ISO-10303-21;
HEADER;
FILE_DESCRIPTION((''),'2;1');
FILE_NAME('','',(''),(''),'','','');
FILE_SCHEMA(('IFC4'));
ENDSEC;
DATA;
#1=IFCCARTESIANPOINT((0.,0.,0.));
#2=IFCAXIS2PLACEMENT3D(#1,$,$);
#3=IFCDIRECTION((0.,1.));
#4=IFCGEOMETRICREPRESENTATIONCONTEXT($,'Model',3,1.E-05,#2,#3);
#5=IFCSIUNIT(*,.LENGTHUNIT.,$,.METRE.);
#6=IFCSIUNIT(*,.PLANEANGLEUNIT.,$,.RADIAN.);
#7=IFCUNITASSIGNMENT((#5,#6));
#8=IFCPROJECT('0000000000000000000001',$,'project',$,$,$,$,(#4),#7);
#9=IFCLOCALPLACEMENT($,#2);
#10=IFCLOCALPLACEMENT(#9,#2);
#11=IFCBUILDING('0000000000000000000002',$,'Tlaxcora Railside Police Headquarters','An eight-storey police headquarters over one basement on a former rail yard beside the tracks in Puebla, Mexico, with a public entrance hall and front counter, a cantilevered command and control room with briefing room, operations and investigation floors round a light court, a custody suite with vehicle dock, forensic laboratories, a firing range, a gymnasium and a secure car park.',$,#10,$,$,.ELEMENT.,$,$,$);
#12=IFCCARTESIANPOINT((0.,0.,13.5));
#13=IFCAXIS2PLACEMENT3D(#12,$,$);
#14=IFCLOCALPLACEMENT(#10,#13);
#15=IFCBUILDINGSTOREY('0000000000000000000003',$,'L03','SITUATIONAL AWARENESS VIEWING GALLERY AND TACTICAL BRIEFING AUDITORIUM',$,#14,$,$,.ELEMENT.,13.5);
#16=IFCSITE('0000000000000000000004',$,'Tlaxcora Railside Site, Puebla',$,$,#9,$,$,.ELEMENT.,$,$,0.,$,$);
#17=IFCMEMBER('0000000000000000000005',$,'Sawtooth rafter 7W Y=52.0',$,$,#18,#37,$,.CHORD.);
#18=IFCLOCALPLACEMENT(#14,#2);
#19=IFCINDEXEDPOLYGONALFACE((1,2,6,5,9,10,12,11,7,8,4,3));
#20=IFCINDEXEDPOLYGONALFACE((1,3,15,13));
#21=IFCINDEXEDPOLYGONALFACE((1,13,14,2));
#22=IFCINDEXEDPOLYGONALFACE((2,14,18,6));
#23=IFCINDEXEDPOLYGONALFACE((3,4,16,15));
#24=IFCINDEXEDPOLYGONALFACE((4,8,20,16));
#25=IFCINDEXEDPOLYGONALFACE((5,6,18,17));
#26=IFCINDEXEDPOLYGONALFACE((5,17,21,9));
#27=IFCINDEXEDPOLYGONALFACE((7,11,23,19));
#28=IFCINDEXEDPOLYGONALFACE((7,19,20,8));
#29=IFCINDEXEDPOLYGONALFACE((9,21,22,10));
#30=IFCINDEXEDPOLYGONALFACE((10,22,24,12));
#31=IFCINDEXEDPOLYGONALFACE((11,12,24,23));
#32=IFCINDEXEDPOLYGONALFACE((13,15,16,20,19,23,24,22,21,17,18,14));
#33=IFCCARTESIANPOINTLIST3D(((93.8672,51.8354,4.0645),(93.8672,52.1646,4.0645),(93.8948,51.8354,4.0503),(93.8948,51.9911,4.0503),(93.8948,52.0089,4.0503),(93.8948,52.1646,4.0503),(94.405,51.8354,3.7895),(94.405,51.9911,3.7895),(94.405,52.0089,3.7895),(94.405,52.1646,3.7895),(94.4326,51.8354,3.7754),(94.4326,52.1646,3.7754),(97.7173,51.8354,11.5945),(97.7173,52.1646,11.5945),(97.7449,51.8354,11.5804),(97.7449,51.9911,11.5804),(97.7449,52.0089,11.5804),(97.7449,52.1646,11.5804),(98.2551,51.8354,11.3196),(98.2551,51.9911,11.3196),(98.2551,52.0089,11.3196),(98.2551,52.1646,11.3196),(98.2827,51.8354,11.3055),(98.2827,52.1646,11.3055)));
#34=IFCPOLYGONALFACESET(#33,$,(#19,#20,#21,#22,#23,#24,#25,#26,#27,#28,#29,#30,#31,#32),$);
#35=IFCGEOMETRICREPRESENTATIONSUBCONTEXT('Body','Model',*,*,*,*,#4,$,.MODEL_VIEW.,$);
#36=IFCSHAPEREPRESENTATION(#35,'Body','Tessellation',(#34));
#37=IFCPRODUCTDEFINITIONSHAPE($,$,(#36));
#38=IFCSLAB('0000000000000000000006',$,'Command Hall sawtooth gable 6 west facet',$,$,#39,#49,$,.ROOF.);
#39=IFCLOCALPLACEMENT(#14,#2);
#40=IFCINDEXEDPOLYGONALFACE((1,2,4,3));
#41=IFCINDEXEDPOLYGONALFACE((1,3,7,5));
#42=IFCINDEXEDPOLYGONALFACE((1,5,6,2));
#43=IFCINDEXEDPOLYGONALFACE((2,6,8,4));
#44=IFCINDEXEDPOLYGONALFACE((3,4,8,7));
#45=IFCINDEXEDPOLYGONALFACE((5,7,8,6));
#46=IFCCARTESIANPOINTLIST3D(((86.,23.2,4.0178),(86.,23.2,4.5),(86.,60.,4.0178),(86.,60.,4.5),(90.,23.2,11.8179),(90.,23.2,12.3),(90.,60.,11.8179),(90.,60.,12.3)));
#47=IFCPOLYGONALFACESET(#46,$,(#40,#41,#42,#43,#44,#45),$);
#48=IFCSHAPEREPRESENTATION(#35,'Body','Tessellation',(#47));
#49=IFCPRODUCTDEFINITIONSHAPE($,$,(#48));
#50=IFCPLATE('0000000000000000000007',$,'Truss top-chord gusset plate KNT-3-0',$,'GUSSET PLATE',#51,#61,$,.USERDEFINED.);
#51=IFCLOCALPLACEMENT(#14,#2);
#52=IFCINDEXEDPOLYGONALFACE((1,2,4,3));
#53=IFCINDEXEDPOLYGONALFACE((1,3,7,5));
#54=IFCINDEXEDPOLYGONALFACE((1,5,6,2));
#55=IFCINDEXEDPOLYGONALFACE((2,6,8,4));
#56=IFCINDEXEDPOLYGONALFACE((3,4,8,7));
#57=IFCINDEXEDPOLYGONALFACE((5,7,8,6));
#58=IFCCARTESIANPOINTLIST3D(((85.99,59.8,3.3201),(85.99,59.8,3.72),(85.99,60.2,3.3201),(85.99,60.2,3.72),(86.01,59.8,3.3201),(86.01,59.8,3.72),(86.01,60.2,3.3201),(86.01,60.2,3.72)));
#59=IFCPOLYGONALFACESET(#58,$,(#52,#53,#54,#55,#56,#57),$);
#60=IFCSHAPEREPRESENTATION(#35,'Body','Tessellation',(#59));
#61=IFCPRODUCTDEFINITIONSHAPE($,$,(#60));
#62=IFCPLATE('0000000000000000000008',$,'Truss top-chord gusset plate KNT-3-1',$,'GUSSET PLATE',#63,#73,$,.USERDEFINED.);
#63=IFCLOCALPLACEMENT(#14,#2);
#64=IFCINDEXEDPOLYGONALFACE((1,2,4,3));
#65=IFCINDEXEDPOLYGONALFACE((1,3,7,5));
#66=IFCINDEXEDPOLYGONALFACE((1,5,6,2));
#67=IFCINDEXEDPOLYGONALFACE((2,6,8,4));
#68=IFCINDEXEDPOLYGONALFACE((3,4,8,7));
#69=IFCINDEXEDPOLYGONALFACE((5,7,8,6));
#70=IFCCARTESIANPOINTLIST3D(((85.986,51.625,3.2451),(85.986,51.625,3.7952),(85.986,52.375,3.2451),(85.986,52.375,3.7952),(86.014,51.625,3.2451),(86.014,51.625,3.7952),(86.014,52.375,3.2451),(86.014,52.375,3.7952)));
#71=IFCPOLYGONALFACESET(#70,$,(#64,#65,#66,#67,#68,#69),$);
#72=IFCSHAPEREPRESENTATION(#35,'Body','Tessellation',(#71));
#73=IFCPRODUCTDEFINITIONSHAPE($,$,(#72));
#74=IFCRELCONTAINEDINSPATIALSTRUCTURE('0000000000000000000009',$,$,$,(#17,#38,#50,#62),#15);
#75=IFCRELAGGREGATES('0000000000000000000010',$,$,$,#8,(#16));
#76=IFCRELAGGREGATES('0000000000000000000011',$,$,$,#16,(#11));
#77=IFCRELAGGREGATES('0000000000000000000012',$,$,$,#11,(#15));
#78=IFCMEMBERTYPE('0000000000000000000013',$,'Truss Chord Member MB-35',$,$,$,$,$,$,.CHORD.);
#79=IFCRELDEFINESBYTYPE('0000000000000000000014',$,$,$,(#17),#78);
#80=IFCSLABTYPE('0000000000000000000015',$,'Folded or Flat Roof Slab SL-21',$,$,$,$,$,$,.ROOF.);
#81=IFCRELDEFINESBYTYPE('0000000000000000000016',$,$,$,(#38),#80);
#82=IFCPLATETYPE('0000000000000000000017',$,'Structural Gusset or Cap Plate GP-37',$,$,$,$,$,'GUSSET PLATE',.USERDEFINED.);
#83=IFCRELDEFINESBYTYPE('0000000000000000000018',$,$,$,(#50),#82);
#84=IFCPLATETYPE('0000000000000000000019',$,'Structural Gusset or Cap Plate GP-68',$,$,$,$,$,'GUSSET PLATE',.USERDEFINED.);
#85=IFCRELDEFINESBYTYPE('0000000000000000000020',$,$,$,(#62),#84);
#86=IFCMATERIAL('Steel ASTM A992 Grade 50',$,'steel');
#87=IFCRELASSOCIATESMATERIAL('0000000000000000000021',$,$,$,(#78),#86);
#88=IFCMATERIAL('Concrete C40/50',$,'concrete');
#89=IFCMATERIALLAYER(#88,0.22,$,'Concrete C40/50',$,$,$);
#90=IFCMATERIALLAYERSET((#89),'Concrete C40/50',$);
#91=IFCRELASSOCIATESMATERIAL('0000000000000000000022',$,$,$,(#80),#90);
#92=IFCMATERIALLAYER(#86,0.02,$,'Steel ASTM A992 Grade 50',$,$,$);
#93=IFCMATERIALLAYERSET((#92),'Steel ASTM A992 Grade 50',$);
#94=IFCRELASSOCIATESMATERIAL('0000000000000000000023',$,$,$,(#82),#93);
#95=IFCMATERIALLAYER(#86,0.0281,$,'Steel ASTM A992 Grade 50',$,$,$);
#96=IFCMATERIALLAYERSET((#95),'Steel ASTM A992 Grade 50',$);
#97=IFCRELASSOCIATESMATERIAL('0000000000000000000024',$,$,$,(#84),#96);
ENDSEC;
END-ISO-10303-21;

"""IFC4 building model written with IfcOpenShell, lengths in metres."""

from ifc_helpers import new_model, si_unit, direction, frame, origin, origin_2d, place, context, subcontext, project, spatial, polyline, rectangle, i_section, outline, extrude, material, layer, layer_set, material_profile, profile_set, type_object, element, save


model = new_model("IFC4")

# Units and contexts
model_context = context("Model", 3, precision=1e-05, world=origin(), true_north=direction((0.0, 1.0)))
body_context = subcontext(model_context, "Body", "Model", "MODEL_VIEW")
ifc_project = project(units=[si_unit("LENGTHUNIT", "METRE"), si_unit("PLANEANGLEUNIT", "RADIAN")], contexts=[model_context])

# Site, building, storey
site_placement = place(None, origin())
site = spatial("IfcSite", under=ifc_project, at=site_placement, Name="Tlaxcora Railside Site, Puebla", CompositionType="ELEMENT", RefElevation=0.0)
building_placement = place(site_placement, origin())
building = spatial("IfcBuilding", under=site, at=building_placement, Name="Tlaxcora Railside Police Headquarters", Description="An eight-storey police headquarters over one basement on a former rail yard beside the tracks in Puebla, Mexico, with a public entrance hall and front counter, a cantilevered command and control room with briefing room, operations and investigation floors round a light court, a custody suite with vehicle dock, forensic laboratories, a firing range, a gymnasium and a secure car park.", CompositionType="ELEMENT")
storey_placement = place(building_placement, frame((0.0, 0.0, 13.5)))
storey = spatial("IfcBuildingStorey", under=building, at=storey_placement, Name="L03", Description="SITUATIONAL AWARENESS VIEWING GALLERY AND TACTICAL BRIEFING AUDITORIUM", CompositionType="ELEMENT", Elevation=13.5)

# Shared definitions
ifc_material_1 = material(Name="Concrete C40/50", Category="concrete")

# Shared definitions
ifc_material_2 = material(Name="Steel ASTM A992 Grade 50", Category="steel")

# Member
ifc_material_profile_1 = material_profile(ifc_material_2, i_section(OverallWidth=0.3291, OverallDepth=0.635, WebThickness=0.0178, FlangeThickness=0.031, at=origin_2d()), Name="W24X162")
ifc_profile_set_1 = profile_set([ifc_material_profile_1], Name="Steel ASTM A992 Grade 50")
member_type_1 = type_object("IfcMemberType", Name="Truss Chord Member MB-35", PredefinedType="CHORD", material=ifc_profile_set_1)
for number, where, z_axis, x_axis, name in (
    (1, (94.1499, 52.0, 3.9199), (0.455244, 0.0, 0.890367), (0.0, 1.0, 0.0), "Sawtooth rafter 7W Y=52.0"),
):
    element("IfcMember", number, at=place(storey_placement, frame(where, z_axis=z_axis, x_axis=x_axis)), inside=storey, type_object=member_type_1, Name=name, PredefinedType="CHORD", context=body_context, shape_type="SweptSolid", body=[
        extrude(i_section(OverallWidth=0.3291, OverallDepth=0.635, WebThickness=0.0178, FlangeThickness=0.031, at=origin_2d()), origin(), (0.0, 0.0, 1.0), 8.4573),
    ])

# Slab
ifc_layer_1 = layer(ifc_material_1, 0.22, Name="Concrete C40/50")
ifc_layer_set_1 = layer_set([ifc_layer_1], Name="Concrete C40/50")
slab_type = type_object("IfcSlabType", Name="Folded or Flat Roof Slab SL-21", PredefinedType="ROOF", material=ifc_layer_set_1)
slab_placement = place(storey_placement, frame((86.0, 60.0, 0.0), z_axis=(0.0, -1.0, 0.0), x_axis=(1.0, 0.0, 0.0)))
element("IfcSlab", 2, at=slab_placement, inside=storey, type_object=slab_type, Name="Command Hall sawtooth gable 6 west facet", PredefinedType="ROOF", context=body_context, shape_type="SweptSolid", body=[
    extrude(outline(polyline([(0.0, 4.0178), (4.0, 11.8179), (4.0, 12.3), (0.0, 4.5), (0.0, 4.0178)])), origin(), (0.0, 0.0, 1.0), 36.8),
])

# Plates
ifc_layer_2 = layer(ifc_material_2, 0.02, Name="Steel ASTM A992 Grade 50")
ifc_layer_set_2 = layer_set([ifc_layer_2], Name="Steel ASTM A992 Grade 50")
plate_type_1 = type_object("IfcPlateType", Name="Structural Gusset or Cap Plate GP-37", ElementType="GUSSET PLATE", PredefinedType="USERDEFINED", material=ifc_layer_set_2)
plate_1_placement = place(storey_placement, frame((86.0, 60.0, 3.3201), z_axis=(0.0, 0.0, 1.0), x_axis=(0.0, 1.0, 0.0)))
element("IfcPlate", 3, at=plate_1_placement, inside=storey, type_object=plate_type_1, Name="Truss top-chord gusset plate KNT-3-0", ObjectType="GUSSET PLATE", PredefinedType="USERDEFINED", context=body_context, shape_type="SweptSolid", body=[
    extrude(rectangle(XDim=0.3999, YDim=0.02, at=origin_2d()), origin(), (0.0, 0.0, 1.0), 0.3999),
])
ifc_layer_3 = layer(ifc_material_2, 0.0281, Name="Steel ASTM A992 Grade 50")
ifc_layer_set_3 = layer_set([ifc_layer_3], Name="Steel ASTM A992 Grade 50")
plate_type_2 = type_object("IfcPlateType", Name="Structural Gusset or Cap Plate GP-68", ElementType="GUSSET PLATE", PredefinedType="USERDEFINED", material=ifc_layer_set_3)
plate_2_placement = place(storey_placement, frame((86.0, 52.0, 3.2451), z_axis=(0.0, 0.0, 1.0), x_axis=(0.0, 1.0, 0.0)))
element("IfcPlate", 4, at=plate_2_placement, inside=storey, type_object=plate_type_2, Name="Truss top-chord gusset plate KNT-3-1", ObjectType="GUSSET PLATE", PredefinedType="USERDEFINED", context=body_context, shape_type="SweptSolid", body=[
    extrude(rectangle(XDim=0.75, YDim=0.0281, at=origin_2d()), origin(), (0.0, 0.0, 1.0), 0.55),
])

save(model, "model.ifc")
